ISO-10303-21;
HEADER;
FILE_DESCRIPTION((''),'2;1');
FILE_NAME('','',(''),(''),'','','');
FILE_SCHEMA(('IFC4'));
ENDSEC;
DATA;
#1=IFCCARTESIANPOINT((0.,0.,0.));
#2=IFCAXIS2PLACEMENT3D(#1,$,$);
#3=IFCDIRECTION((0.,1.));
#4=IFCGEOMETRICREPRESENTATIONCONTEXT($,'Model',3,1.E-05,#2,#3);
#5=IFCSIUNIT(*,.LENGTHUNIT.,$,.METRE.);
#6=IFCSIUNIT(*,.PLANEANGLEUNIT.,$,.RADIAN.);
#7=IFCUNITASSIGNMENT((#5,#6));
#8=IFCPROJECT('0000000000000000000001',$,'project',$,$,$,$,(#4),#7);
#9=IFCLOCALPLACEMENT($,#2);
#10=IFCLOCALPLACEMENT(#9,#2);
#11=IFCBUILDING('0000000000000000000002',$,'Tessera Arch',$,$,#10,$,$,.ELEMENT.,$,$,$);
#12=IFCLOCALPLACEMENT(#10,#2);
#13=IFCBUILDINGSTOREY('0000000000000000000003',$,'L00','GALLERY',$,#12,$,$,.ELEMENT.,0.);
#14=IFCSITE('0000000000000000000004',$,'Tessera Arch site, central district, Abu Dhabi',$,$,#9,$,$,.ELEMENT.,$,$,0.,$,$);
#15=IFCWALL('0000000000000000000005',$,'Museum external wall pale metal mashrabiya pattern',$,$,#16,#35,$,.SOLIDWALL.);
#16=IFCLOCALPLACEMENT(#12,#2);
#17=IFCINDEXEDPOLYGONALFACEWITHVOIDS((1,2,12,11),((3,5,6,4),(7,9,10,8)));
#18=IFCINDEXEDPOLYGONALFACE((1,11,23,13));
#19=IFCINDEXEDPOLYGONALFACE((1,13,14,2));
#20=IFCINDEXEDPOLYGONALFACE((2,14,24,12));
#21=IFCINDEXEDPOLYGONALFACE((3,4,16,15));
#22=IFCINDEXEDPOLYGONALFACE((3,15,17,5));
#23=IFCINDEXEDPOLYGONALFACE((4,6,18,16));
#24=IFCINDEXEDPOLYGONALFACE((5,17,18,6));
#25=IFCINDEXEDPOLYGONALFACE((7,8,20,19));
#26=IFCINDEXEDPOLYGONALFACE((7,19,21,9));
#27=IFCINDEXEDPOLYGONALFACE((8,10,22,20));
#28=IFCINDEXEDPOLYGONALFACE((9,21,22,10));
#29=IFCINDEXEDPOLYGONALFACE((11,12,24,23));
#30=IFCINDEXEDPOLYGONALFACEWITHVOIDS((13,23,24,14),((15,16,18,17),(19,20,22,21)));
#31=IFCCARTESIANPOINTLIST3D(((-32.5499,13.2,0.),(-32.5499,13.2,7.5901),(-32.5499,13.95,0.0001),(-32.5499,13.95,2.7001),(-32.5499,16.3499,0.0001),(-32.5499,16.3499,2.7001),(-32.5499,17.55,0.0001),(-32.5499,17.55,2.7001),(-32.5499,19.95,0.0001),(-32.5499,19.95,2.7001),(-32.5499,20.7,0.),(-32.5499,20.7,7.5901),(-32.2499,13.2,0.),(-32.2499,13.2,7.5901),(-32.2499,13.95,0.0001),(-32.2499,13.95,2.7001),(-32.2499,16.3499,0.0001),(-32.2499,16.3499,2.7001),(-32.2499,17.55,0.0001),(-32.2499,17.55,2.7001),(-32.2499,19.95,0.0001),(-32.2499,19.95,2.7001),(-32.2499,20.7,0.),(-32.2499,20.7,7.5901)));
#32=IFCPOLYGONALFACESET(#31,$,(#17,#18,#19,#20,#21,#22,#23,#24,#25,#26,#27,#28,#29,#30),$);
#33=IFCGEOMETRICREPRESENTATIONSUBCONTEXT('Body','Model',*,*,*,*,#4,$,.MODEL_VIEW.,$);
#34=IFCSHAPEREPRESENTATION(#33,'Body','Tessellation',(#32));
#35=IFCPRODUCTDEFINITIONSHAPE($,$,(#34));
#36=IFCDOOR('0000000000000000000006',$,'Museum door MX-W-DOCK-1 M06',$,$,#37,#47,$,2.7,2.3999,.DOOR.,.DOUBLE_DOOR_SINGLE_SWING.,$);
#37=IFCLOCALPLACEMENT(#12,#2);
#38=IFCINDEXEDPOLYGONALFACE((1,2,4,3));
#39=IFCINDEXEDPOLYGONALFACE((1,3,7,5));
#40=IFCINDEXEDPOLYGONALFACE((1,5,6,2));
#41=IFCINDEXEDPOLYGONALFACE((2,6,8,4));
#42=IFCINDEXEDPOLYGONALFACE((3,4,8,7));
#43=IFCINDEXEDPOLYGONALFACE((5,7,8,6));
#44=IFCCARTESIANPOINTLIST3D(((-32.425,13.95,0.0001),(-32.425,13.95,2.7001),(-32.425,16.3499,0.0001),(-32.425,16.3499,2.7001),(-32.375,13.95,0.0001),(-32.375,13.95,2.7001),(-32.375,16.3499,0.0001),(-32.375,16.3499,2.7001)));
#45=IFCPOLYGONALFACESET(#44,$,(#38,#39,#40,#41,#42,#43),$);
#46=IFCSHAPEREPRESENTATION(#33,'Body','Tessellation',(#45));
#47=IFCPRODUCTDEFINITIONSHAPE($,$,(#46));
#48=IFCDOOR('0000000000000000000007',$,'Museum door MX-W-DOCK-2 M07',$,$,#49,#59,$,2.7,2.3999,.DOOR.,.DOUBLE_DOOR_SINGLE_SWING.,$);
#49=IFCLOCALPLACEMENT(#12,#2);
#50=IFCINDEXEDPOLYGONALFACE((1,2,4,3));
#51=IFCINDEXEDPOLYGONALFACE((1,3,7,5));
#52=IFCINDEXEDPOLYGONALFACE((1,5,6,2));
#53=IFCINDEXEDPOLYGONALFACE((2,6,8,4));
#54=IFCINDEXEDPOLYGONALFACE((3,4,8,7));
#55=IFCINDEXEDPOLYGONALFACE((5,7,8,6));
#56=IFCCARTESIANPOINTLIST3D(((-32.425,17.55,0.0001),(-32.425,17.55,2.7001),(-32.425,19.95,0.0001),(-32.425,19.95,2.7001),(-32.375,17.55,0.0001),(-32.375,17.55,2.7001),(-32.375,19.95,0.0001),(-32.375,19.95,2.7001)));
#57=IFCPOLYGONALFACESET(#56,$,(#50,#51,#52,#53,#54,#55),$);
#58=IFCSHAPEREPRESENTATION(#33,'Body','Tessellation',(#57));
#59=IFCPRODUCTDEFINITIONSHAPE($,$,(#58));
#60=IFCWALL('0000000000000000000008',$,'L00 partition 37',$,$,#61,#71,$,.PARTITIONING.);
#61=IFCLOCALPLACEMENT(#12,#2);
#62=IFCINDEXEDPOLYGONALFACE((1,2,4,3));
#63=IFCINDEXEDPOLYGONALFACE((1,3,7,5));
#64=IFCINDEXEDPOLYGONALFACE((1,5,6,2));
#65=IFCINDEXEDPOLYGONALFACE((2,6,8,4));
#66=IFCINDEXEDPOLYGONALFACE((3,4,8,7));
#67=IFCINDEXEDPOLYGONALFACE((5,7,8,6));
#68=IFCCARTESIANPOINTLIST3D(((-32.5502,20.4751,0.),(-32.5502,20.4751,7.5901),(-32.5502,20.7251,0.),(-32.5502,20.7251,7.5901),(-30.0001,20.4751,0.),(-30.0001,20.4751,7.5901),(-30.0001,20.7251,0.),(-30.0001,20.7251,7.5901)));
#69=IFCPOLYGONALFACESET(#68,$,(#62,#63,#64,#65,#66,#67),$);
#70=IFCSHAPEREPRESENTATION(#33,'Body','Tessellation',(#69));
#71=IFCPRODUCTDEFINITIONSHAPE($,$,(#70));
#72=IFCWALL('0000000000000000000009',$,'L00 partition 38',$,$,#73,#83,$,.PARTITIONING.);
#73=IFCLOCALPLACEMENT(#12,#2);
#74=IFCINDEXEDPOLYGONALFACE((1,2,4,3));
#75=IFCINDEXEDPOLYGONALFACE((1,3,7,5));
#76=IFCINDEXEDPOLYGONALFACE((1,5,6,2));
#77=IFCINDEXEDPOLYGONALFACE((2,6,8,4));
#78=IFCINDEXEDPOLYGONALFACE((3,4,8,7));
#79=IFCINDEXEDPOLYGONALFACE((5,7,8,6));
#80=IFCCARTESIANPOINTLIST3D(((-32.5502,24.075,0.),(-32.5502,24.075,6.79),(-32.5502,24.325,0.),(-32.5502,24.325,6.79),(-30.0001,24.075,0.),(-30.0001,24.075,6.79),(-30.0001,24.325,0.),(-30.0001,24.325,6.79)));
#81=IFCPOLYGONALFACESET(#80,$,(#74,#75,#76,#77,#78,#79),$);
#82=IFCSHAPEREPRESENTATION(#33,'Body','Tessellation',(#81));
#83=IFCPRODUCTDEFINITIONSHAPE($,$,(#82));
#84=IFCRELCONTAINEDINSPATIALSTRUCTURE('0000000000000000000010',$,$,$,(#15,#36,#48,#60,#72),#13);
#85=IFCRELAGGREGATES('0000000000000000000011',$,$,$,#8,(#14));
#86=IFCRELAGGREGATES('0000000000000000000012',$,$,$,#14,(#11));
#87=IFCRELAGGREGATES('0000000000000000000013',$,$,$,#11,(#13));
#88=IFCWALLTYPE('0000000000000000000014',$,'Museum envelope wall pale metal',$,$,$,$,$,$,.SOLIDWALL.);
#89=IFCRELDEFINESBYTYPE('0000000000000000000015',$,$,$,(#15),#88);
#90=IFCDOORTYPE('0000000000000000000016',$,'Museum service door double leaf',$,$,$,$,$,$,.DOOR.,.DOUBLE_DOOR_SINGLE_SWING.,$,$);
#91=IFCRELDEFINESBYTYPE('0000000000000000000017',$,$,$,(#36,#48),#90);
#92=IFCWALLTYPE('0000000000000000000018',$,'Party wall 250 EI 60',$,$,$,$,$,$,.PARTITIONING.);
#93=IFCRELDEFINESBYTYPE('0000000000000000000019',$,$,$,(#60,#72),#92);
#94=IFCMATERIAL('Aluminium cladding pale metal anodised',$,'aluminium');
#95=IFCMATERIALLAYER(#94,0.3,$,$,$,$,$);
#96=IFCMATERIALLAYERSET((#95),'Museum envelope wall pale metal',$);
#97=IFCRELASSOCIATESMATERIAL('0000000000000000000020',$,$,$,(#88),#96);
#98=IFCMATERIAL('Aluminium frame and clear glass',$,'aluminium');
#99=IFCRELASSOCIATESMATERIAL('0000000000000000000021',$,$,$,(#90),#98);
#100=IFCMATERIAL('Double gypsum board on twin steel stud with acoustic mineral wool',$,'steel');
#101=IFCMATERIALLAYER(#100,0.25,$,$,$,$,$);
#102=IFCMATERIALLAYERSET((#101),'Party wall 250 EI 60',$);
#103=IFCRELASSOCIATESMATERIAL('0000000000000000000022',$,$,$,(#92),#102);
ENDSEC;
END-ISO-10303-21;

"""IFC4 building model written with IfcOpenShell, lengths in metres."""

from ifc_helpers import new_model, si_unit, direction, frame, frame_2d, origin, place, context, subcontext, project, spatial, rectangle, extrude, material, layer, layer_set, type_object, element, fill, save


model = new_model("IFC4")

# Units and contexts
model_context = context("Model", 3, precision=1e-05, world=origin(), true_north=direction((0.0, 1.0)))
body_context = subcontext(model_context, "Body", "Model", "MODEL_VIEW")
ifc_project = project(units=[si_unit("LENGTHUNIT", "METRE"), si_unit("PLANEANGLEUNIT", "RADIAN")], contexts=[model_context])

# Site, building, storey
site_placement = place(None, origin())
site = spatial("IfcSite", under=ifc_project, at=site_placement, Name="Tessera Arch site, central district, Abu Dhabi", CompositionType="ELEMENT", RefElevation=0.0)
building_placement = place(site_placement, origin())
building = spatial("IfcBuilding", under=site, at=building_placement, Name="Tessera Arch", CompositionType="ELEMENT")
storey_placement = place(building_placement, origin())
storey = spatial("IfcBuildingStorey", under=building, at=storey_placement, Name="L00", Description="GALLERY", CompositionType="ELEMENT", Elevation=0.0)

# Wall, openings, doors
ifc_material_1 = material(Name="Aluminium cladding pale metal anodised", Category="aluminium")
ifc_layer_1 = layer(ifc_material_1, 0.3)
ifc_layer_set_1 = layer_set([ifc_layer_1], Name="Museum envelope wall pale metal")
wall_type_1 = type_object("IfcWallType", Name="Museum envelope wall pale metal", PredefinedType="SOLIDWALL", material=ifc_layer_set_1)
wall_1_placement = place(storey_placement, frame((-32.3999, 20.7, 0.0), z_axis=(0.0, 0.0, 1.0), x_axis=(0.0, -1.0, 0.0)))
wall_1 = element("IfcWall", 1, at=wall_1_placement, inside=storey, type_object=wall_type_1, Name="Museum external wall pale metal mashrabiya pattern", PredefinedType="SOLIDWALL", context=body_context, shape_type="SweptSolid", body=[
    extrude(rectangle(XDim=7.5, YDim=0.3, at=frame_2d((3.75, 0.0))), origin(), (0.0, 0.0, 1.0), 7.5901),
])
opening_1_placement = place(wall_1_placement, frame((4.3501, 0.0, 0.0)))
opening_1 = element("IfcOpeningElement", 2, at=opening_1_placement, cuts=wall_1, PredefinedType="OPENING", context=body_context, shape_type="SweptSolid", body=[
    extrude(rectangle(XDim=2.3999, YDim=2.7, at=frame_2d((1.2, 1.3501))), frame((0.0, 0.1599, 0.0), z_axis=(0.0, -1.0, 0.0), x_axis=(1.0, 0.0, 0.0)), (0.0, 0.0, 1.0), 0.3201),
])
opening_2_placement = place(wall_1_placement, frame((0.75, 0.0, 0.0)))
opening_2 = element("IfcOpeningElement", 3, at=opening_2_placement, cuts=wall_1, PredefinedType="OPENING", context=body_context, shape_type="SweptSolid", body=[
    extrude(rectangle(XDim=2.3999, YDim=2.7, at=frame_2d((1.2, 1.3501))), frame((0.0, 0.1599, 0.0), z_axis=(0.0, -1.0, 0.0), x_axis=(1.0, 0.0, 0.0)), (0.0, 0.0, 1.0), 0.3201),
])
ifc_material_2 = material(Name="Aluminium frame and clear glass", Category="aluminium")
door_type_1 = type_object("IfcDoorType", Name="Museum service door double leaf", OperationType="DOUBLE_DOOR_SINGLE_SWING", PredefinedType="DOOR", material=ifc_material_2)
door_1_placement = place(opening_1_placement, origin())
door_1 = element("IfcDoor", 4, at=door_1_placement, inside=storey, type_object=door_type_1, Name="Museum door MX-W-DOCK-1 M06", OperationType="DOUBLE_DOOR_SINGLE_SWING", OverallHeight=2.7, OverallWidth=2.3999, PredefinedType="DOOR", context=body_context, shape_type="SweptSolid", body=[
    extrude(rectangle(XDim=2.3999, YDim=2.7, at=frame_2d((1.2, 1.3501))), frame((0.0, 0.0249, 0.0), z_axis=(0.0, -1.0, 0.0), x_axis=(1.0, 0.0, 0.0)), (0.0, 0.0, 1.0), 0.05),
])
fill(opening_1, door_1)
door_2_placement = place(opening_2_placement, origin())
door_2 = element("IfcDoor", 5, at=door_2_placement, inside=storey, type_object=door_type_1, Name="Museum door MX-W-DOCK-2 M07", OperationType="DOUBLE_DOOR_SINGLE_SWING", OverallHeight=2.7, OverallWidth=2.3999, PredefinedType="DOOR", context=body_context, shape_type="SweptSolid", body=[
    extrude(rectangle(XDim=2.3999, YDim=2.7, at=frame_2d((1.2, 1.3501))), frame((0.0, 0.0249, 0.0), z_axis=(0.0, -1.0, 0.0), x_axis=(1.0, 0.0, 0.0)), (0.0, 0.0, 1.0), 0.05),
])
fill(opening_2, door_2)

# Walls
ifc_material_3 = material(Name="Double gypsum board on twin steel stud with acoustic mineral wool", Category="steel")
ifc_layer_2 = layer(ifc_material_3, 0.25)
ifc_layer_set_2 = layer_set([ifc_layer_2], Name="Party wall 250 EI 60")
wall_type_2 = type_object("IfcWallType", Name="Party wall 250 EI 60", PredefinedType="PARTITIONING", material=ifc_layer_set_2)
wall_2_placement = place(storey_placement, frame((-32.55, 20.6001, 0.0), z_axis=(0.0, 0.0, 1.0), x_axis=(1.0, 0.0, 0.0)))
element("IfcWall", 6, at=wall_2_placement, inside=storey, type_object=wall_type_2, Name="L00 partition 37", PredefinedType="PARTITIONING", context=body_context, shape_type="SweptSolid", body=[
    extrude(rectangle(XDim=2.55, YDim=0.25, at=frame_2d((1.2749, 0.0))), origin(), (0.0, 0.0, 1.0), 7.5901),
])
wall_3_placement = place(storey_placement, frame((-32.55, 24.2, 0.0), z_axis=(0.0, 0.0, 1.0), x_axis=(1.0, 0.0, 0.0)))
element("IfcWall", 7, at=wall_3_placement, inside=storey, type_object=wall_type_2, Name="L00 partition 38", PredefinedType="PARTITIONING", context=body_context, shape_type="SweptSolid", body=[
    extrude(rectangle(XDim=2.55, YDim=0.25, at=frame_2d((1.2749, 0.0))), origin(), (0.0, 0.0, 1.0), 6.79),
])

save(model, "model.ifc")
